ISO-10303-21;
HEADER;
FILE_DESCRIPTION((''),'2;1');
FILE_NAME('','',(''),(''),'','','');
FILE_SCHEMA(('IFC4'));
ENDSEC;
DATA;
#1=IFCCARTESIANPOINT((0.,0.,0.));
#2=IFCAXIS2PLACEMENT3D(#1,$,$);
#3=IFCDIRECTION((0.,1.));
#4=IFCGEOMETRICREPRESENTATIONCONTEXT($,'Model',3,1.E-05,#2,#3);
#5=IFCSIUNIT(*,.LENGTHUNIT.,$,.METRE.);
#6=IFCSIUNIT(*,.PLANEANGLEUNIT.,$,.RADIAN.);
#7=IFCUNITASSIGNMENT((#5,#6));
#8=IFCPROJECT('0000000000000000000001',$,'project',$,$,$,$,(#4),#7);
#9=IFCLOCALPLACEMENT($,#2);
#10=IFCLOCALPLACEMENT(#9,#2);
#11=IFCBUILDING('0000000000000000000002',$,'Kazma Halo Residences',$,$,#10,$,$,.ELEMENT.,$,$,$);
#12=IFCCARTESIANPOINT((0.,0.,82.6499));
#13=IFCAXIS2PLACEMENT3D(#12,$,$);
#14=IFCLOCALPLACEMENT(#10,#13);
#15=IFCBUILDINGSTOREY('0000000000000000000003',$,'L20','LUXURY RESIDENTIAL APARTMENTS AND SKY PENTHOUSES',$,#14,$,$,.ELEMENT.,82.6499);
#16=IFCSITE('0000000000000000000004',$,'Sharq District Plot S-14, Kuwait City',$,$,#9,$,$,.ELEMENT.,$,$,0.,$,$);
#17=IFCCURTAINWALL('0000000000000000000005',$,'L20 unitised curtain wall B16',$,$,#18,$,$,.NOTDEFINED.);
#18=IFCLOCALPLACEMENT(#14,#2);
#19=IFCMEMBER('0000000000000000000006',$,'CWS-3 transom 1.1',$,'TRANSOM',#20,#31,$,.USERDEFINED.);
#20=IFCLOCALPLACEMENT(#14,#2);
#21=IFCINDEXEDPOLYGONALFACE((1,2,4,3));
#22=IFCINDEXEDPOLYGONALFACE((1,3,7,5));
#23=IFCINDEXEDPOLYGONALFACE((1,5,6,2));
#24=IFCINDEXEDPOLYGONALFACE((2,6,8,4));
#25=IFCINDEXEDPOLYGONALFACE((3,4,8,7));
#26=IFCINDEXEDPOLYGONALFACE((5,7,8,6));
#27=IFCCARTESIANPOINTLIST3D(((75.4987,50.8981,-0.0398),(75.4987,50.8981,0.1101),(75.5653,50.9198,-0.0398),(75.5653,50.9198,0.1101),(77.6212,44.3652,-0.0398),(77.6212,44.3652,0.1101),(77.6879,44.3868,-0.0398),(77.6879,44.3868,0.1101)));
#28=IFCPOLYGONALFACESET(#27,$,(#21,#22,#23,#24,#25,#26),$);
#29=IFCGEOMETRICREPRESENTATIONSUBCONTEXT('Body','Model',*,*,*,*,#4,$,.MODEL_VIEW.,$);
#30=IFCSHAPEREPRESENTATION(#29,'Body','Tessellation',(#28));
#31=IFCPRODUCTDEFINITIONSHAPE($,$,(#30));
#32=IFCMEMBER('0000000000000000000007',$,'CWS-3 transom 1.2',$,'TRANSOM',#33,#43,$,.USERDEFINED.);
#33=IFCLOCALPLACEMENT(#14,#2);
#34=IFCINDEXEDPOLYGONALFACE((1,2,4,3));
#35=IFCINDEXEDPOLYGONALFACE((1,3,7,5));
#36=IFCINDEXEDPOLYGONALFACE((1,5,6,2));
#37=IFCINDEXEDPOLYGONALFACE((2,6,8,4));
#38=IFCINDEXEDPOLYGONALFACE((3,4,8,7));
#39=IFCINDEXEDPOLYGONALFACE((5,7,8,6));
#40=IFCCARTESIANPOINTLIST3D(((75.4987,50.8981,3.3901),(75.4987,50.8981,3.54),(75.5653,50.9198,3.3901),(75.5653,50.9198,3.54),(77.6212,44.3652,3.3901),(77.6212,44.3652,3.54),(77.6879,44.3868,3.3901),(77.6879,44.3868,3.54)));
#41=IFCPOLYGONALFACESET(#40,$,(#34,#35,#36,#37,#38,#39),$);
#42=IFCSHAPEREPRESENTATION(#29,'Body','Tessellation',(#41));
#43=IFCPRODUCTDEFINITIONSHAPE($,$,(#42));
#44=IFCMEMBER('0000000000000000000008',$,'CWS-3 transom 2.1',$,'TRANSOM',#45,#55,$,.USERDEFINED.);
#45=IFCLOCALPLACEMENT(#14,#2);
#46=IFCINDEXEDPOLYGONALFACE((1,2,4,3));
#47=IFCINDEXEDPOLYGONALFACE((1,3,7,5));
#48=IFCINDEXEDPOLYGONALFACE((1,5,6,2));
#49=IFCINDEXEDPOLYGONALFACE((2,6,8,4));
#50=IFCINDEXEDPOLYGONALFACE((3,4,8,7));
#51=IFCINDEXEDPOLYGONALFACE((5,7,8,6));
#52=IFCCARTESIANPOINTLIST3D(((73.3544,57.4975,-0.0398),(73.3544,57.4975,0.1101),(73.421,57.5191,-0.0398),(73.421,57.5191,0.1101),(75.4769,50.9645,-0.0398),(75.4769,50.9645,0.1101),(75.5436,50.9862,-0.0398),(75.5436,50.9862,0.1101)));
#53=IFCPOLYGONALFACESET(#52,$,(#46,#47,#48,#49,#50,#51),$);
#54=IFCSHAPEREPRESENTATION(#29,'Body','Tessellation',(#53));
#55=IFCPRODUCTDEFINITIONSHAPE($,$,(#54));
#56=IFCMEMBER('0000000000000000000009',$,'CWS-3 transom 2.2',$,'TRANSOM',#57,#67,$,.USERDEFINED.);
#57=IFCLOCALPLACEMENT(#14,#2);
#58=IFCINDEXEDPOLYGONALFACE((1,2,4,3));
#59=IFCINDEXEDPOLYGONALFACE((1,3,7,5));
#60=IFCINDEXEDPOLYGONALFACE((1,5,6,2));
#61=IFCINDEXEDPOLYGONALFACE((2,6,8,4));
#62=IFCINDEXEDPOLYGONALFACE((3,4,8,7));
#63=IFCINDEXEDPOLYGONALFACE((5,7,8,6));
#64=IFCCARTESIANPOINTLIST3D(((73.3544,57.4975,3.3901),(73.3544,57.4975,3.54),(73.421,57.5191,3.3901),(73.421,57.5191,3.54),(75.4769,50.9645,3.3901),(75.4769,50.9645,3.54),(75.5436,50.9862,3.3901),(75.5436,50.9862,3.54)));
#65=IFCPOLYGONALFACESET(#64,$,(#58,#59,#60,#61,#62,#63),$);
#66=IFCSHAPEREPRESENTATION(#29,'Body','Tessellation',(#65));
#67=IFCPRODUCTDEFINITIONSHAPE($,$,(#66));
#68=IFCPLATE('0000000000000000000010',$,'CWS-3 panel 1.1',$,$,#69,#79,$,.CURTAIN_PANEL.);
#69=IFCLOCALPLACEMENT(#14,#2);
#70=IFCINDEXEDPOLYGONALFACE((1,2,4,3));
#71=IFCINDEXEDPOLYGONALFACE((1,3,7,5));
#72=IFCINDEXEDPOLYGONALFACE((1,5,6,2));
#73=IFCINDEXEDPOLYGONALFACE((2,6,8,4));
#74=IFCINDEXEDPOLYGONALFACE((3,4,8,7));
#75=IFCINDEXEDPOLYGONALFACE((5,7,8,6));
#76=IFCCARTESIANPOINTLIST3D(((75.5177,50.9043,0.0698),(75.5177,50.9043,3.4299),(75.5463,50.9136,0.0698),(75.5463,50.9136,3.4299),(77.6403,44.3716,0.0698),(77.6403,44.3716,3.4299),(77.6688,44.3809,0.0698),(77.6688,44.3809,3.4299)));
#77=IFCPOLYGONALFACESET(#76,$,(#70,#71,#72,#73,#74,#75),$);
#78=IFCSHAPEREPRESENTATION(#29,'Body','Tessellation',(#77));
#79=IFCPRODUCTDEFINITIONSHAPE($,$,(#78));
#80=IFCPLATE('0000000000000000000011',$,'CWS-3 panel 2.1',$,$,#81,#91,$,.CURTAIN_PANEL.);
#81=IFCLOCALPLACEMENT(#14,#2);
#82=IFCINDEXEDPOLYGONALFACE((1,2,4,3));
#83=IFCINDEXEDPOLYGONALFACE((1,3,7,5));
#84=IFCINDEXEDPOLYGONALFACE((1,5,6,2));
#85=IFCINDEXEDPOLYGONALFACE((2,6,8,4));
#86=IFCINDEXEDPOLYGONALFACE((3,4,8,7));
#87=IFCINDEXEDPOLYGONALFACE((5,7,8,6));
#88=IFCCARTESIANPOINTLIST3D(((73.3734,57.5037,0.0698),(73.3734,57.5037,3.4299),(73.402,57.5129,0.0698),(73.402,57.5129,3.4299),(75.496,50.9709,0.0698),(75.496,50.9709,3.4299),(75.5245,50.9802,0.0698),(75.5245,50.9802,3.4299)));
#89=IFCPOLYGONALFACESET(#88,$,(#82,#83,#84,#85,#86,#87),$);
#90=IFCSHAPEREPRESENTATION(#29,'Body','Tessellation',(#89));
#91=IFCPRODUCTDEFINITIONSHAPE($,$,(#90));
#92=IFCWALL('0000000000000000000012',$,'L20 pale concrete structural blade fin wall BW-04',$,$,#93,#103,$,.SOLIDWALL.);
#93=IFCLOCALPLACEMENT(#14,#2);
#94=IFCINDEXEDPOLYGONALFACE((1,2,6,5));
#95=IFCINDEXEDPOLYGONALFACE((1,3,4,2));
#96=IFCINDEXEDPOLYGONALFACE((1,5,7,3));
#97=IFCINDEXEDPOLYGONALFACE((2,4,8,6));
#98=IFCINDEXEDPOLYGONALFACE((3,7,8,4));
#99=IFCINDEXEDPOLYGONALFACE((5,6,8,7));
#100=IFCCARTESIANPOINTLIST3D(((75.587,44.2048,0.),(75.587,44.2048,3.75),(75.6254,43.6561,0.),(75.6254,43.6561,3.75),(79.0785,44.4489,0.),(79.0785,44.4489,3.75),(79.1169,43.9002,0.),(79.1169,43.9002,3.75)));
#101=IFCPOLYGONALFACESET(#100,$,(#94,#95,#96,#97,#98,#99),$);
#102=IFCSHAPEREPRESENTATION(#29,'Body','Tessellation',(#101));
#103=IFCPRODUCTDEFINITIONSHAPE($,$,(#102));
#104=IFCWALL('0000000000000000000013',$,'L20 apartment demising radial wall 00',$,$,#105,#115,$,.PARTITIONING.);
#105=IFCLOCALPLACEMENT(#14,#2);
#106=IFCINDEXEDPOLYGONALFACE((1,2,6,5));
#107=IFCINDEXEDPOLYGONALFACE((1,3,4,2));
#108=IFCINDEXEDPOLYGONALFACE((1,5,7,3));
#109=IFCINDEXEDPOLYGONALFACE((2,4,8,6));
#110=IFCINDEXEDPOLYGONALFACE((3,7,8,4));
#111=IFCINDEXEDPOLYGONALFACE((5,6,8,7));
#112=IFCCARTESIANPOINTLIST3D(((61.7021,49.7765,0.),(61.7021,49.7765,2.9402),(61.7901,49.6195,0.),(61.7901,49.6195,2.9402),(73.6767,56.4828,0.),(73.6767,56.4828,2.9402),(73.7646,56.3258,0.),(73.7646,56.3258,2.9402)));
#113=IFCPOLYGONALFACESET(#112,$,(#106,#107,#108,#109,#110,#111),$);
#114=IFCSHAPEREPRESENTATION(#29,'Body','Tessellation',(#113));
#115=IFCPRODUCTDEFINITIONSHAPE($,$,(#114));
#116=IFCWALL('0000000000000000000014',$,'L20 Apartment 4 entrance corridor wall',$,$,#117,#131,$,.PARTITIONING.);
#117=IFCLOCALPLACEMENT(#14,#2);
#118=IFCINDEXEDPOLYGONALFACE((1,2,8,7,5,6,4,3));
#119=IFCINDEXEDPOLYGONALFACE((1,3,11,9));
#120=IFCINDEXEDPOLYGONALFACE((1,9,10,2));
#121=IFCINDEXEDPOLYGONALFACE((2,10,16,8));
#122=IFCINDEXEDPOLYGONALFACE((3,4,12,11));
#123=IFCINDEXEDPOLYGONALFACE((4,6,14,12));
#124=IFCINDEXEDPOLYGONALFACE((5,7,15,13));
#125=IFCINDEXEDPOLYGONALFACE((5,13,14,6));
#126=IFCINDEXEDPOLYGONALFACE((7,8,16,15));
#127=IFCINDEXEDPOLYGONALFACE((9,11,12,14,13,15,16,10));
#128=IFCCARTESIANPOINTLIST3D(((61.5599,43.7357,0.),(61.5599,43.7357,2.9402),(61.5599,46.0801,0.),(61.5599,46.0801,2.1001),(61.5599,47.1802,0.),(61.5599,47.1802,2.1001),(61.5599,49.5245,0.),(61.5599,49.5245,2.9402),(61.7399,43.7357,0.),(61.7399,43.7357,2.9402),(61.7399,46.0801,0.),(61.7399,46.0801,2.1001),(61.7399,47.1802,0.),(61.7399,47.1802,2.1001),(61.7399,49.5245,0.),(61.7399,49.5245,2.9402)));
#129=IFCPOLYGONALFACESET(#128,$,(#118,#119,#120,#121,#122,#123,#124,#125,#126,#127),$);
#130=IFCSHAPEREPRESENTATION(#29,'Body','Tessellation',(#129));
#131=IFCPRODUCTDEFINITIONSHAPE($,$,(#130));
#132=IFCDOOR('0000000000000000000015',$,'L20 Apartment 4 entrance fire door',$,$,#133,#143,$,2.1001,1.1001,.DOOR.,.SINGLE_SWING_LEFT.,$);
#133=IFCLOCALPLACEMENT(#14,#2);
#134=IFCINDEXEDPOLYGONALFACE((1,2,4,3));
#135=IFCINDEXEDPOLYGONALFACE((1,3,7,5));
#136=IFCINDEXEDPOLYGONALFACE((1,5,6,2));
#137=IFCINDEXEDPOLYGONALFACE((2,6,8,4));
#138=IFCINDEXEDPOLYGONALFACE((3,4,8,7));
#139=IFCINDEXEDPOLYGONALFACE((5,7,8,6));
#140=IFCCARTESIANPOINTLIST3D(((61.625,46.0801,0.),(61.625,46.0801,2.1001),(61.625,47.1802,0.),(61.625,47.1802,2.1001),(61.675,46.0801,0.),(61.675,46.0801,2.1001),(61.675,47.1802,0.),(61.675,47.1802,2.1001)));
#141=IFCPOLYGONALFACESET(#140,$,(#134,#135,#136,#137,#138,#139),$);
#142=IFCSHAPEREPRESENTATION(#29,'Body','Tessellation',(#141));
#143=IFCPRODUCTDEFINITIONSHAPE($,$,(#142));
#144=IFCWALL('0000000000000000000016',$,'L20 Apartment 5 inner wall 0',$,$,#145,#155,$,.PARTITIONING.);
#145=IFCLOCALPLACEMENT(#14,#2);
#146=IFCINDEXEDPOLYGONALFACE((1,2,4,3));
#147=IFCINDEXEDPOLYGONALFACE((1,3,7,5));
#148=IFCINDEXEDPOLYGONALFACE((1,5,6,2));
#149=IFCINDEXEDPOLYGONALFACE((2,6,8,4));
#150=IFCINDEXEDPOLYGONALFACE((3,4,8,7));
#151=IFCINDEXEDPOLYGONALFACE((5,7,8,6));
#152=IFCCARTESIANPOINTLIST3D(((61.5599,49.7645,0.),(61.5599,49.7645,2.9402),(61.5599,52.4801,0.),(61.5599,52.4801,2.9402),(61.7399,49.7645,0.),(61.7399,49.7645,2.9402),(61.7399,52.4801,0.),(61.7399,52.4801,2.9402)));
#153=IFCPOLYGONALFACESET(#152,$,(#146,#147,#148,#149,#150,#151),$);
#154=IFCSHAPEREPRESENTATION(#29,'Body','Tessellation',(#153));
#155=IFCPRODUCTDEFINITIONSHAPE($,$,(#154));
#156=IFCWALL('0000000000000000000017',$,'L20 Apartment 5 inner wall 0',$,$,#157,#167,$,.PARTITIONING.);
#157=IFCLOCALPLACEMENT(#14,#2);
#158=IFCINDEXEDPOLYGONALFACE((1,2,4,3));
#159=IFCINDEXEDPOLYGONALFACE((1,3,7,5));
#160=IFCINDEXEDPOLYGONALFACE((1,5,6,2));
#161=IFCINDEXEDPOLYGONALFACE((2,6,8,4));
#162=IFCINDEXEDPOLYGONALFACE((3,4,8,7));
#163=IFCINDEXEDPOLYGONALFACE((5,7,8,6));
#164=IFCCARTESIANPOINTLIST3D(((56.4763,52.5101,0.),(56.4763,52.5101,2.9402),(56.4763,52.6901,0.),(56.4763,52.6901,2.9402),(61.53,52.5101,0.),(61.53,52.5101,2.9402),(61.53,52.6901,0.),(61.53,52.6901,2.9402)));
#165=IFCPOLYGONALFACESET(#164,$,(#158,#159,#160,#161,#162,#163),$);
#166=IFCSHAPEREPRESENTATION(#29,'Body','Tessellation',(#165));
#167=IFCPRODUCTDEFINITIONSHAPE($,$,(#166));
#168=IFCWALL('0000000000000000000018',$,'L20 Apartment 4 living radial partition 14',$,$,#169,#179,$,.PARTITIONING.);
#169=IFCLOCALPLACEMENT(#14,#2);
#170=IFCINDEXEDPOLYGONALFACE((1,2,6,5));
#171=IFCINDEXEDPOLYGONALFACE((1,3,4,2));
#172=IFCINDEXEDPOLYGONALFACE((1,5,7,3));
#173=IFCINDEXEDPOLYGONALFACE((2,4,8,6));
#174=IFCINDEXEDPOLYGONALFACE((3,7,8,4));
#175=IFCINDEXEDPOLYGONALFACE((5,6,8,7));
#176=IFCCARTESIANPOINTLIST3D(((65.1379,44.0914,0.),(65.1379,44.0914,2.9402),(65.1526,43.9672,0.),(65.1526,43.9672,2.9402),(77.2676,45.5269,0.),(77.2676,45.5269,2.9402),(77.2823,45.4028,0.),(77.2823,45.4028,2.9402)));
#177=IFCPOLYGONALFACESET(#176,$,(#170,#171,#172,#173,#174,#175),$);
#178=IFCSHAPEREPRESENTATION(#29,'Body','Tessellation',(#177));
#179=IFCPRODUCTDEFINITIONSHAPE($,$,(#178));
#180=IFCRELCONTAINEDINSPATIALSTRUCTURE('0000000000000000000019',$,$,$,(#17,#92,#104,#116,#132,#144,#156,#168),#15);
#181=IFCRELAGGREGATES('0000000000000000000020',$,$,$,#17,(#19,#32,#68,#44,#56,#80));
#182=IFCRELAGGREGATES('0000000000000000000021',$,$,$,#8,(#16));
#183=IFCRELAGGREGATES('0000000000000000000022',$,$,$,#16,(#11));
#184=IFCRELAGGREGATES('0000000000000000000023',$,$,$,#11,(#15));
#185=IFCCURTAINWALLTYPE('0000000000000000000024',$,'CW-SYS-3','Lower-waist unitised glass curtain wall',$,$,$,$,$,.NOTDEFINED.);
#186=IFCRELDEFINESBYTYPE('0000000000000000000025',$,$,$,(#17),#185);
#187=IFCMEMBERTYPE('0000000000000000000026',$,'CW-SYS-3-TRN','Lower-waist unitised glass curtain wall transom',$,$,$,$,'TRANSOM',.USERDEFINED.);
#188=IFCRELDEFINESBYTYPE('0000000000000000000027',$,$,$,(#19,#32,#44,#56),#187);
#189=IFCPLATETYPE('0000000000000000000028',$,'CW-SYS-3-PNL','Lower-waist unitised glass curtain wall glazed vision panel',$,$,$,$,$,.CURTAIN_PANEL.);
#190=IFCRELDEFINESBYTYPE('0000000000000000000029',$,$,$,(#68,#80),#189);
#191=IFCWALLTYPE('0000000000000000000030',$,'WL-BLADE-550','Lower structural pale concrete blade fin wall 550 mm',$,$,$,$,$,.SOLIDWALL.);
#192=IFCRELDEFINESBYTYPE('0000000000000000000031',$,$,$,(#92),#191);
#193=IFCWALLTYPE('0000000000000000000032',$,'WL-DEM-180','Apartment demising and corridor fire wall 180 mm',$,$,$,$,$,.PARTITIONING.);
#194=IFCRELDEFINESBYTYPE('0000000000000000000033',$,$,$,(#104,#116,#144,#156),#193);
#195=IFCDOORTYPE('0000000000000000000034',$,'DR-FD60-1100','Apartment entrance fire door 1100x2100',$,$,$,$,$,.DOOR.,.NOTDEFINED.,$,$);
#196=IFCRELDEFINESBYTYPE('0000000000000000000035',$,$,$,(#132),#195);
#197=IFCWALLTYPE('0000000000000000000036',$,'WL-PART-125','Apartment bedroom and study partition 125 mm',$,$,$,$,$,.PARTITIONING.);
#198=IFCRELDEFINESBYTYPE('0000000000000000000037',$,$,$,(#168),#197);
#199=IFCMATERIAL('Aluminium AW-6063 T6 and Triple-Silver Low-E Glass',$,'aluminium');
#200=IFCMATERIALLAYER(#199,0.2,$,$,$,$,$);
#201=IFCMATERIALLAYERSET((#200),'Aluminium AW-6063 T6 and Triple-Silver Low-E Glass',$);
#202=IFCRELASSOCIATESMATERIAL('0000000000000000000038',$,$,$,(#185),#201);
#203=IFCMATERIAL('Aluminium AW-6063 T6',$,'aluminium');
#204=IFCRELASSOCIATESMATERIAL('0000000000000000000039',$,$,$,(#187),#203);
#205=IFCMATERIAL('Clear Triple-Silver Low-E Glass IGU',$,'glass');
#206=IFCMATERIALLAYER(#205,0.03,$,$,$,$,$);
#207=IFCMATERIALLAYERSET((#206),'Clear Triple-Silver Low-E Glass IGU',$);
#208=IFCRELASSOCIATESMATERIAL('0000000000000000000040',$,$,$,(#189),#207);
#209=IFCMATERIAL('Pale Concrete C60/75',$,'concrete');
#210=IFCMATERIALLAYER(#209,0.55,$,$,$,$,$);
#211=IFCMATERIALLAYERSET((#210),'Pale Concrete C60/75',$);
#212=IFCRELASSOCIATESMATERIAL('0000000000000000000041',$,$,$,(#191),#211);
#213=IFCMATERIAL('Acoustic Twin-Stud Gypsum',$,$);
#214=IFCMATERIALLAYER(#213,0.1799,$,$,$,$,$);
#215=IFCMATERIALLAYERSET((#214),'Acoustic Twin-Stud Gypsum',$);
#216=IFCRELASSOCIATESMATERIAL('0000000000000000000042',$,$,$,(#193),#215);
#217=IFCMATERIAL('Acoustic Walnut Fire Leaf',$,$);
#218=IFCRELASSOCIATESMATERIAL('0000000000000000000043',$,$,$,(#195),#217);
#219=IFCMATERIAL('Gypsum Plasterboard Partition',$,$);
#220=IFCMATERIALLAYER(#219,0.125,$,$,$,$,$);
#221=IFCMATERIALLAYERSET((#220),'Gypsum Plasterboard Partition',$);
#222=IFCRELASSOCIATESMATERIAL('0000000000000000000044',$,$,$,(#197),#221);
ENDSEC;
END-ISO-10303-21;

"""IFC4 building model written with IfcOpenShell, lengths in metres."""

from ifc_helpers import new_model, si_unit, direction, frame, frame_2d, origin, origin_2d, place, context, subcontext, project, spatial, rectangle, extrude, material, layer, layer_set, material_profile, profile_set, type_object, element, fill, aggregate, save


model = new_model("IFC4")

# Units and contexts
model_context = context("Model", 3, precision=1e-05, world=origin(), true_north=direction((0.0, 1.0)))
body_context = subcontext(model_context, "Body", "Model", "MODEL_VIEW")
ifc_project = project(units=[si_unit("LENGTHUNIT", "METRE"), si_unit("PLANEANGLEUNIT", "RADIAN")], contexts=[model_context])

# Site, building, storey
site_placement = place(None, origin())
site = spatial("IfcSite", under=ifc_project, at=site_placement, Name="Sharq District Plot S-14, Kuwait City", CompositionType="ELEMENT", RefElevation=0.0)
building_placement = place(site_placement, origin())
building = spatial("IfcBuilding", under=site, at=building_placement, Name="Kazma Halo Residences", CompositionType="ELEMENT")
storey_placement = place(building_placement, frame((0.0, 0.0, 82.6499)))
storey = spatial("IfcBuildingStorey", under=building, at=storey_placement, Name="L20", Description="LUXURY RESIDENTIAL APARTMENTS AND SKY PENTHOUSES", CompositionType="ELEMENT", Elevation=82.6499)

# Shared definitions
ifc_material_1 = material(Name="Aluminium AW-6063 T6 and Triple-Silver Low-E Glass", Category="aluminium")
ifc_layer_1 = layer(ifc_material_1, 0.2)
ifc_layer_set_1 = layer_set([ifc_layer_1], Name="Aluminium AW-6063 T6 and Triple-Silver Low-E Glass")
curtain_wall_type = type_object("IfcCurtainWallType", Name="CW-SYS-3", Description="Lower-waist unitised glass curtain wall", PredefinedType="NOTDEFINED", material=ifc_layer_set_1)
ifc_material_2 = material(Name="Aluminium AW-6063 T6", Category="aluminium")

# Curtain wall, members, plates
curtain_wall_1_placement = place(storey_placement, origin())
curtain_wall_1 = element("IfcCurtainWall", 1, at=curtain_wall_1_placement, inside=storey, type_object=curtain_wall_type, Name="L20 unitised curtain wall B16", PredefinedType="NOTDEFINED")
ifc_material_profile_1 = material_profile(ifc_material_2, rectangle(XDim=0.0701, YDim=0.1499, at=origin_2d()), Name="CWT-70x150")
ifc_profile_set_1 = profile_set([ifc_material_profile_1], Name="Aluminium AW-6063 T6")
member_type_1 = type_object("IfcMemberType", Name="CW-SYS-3-TRN", Description="Lower-waist unitised glass curtain wall transom", ElementType="TRANSOM", PredefinedType="USERDEFINED", material=ifc_profile_set_1)
member_1_placement = place(storey_placement, frame((77.6545, 44.376, 0.0352), z_axis=(-0.309, 0.951062, 0.0), x_axis=(-0.951062, -0.309, 0.0)))
member_1 = element("IfcMember", 2, at=member_1_placement, type_object=member_type_1, Name="CWS-3 transom 1.1", ObjectType="TRANSOM", PredefinedType="USERDEFINED", context=body_context, shape_type="SweptSolid", body=[
    extrude(rectangle(XDim=0.0701, YDim=0.1499, at=origin_2d()), origin(), (0.0, 0.0, 1.0), 6.8691),
])
member_2_placement = place(storey_placement, frame((77.6545, 44.376, 3.4651), z_axis=(-0.309, 0.951062, 0.0), x_axis=(-0.951062, -0.309, 0.0)))
member_2 = element("IfcMember", 3, at=member_2_placement, type_object=member_type_1, Name="CWS-3 transom 1.2", ObjectType="TRANSOM", PredefinedType="USERDEFINED", context=body_context, shape_type="SweptSolid", body=[
    extrude(rectangle(XDim=0.0701, YDim=0.1499, at=origin_2d()), origin(), (0.0, 0.0, 1.0), 6.8691),
])
member_3_placement = place(storey_placement, frame((75.5103, 50.9753, 0.0352), z_axis=(-0.309, 0.951062, 0.0), x_axis=(-0.951062, -0.309, 0.0)))
member_3 = element("IfcMember", 4, at=member_3_placement, type_object=member_type_1, Name="CWS-3 transom 2.1", ObjectType="TRANSOM", PredefinedType="USERDEFINED", context=body_context, shape_type="SweptSolid", body=[
    extrude(rectangle(XDim=0.0701, YDim=0.1499, at=origin_2d()), origin(), (0.0, 0.0, 1.0), 6.8691),
])
member_4_placement = place(storey_placement, frame((75.5103, 50.9753, 3.4651), z_axis=(-0.309, 0.951062, 0.0), x_axis=(-0.951062, -0.309, 0.0)))
member_4 = element("IfcMember", 5, at=member_4_placement, type_object=member_type_1, Name="CWS-3 transom 2.2", ObjectType="TRANSOM", PredefinedType="USERDEFINED", context=body_context, shape_type="SweptSolid", body=[
    extrude(rectangle(XDim=0.0701, YDim=0.1499, at=origin_2d()), origin(), (0.0, 0.0, 1.0), 6.8691),
])
ifc_material_3 = material(Name="Clear Triple-Silver Low-E Glass IGU", Category="glass")
ifc_layer_2 = layer(ifc_material_3, 0.03)
ifc_layer_set_2 = layer_set([ifc_layer_2], Name="Clear Triple-Silver Low-E Glass IGU")
plate_type = type_object("IfcPlateType", Name="CW-SYS-3-PNL", Description="Lower-waist unitised glass curtain wall glazed vision panel", PredefinedType="CURTAIN_PANEL", material=ifc_layer_set_2)
plate_1_placement = place(storey_placement, frame((76.5933, 47.6426, 0.0698), z_axis=(0.0, 0.0, 1.0), x_axis=(-0.309013, 0.951058, 0.0)))
plate_1 = element("IfcPlate", 6, at=plate_1_placement, type_object=plate_type, Name="CWS-3 panel 1.1", PredefinedType="CURTAIN_PANEL", context=body_context, shape_type="SweptSolid", body=[
    extrude(rectangle(XDim=6.8689, YDim=0.03, at=origin_2d()), origin(), (0.0, 0.0, 1.0), 3.3601),
])
plate_2_placement = place(storey_placement, frame((74.449, 54.2419, 0.0698), z_axis=(0.0, 0.0, 1.0), x_axis=(-0.309013, 0.951058, 0.0)))
plate_2 = element("IfcPlate", 7, at=plate_2_placement, type_object=plate_type, Name="CWS-3 panel 2.1", PredefinedType="CURTAIN_PANEL", context=body_context, shape_type="SweptSolid", body=[
    extrude(rectangle(XDim=6.8689, YDim=0.03, at=origin_2d()), origin(), (0.0, 0.0, 1.0), 3.3601),
])
aggregate(curtain_wall_1, [member_1, member_2, plate_1, member_3, member_4, plate_2])

# Walls
ifc_material_4 = material(Name="Pale Concrete C60/75", Category="concrete")
ifc_layer_3 = layer(ifc_material_4, 0.55)
ifc_layer_set_3 = layer_set([ifc_layer_3], Name="Pale Concrete C60/75")
wall_type_1 = type_object("IfcWallType", Name="WL-BLADE-550", Description="Lower structural pale concrete blade fin wall 550 mm", PredefinedType="SOLIDWALL", material=ifc_layer_set_3)
wall_1_placement = place(storey_placement, frame((75.6062, 43.9304, 0.0), z_axis=(0.0, 0.0, 1.0), x_axis=(0.997564, 0.069755, 0.0)))
element("IfcWall", 8, at=wall_1_placement, inside=storey, type_object=wall_type_1, Name="L20 pale concrete structural blade fin wall BW-04", PredefinedType="SOLIDWALL", context=body_context, shape_type="SweptSolid", body=[
    extrude(rectangle(XDim=3.5, YDim=0.55, at=frame_2d((1.75, 0.0))), origin(), (0.0, 0.0, 1.0), 3.75),
])
ifc_material_5 = material(Name="Acoustic Twin-Stud Gypsum")
ifc_layer_4 = layer(ifc_material_5, 0.1799)
ifc_layer_set_4 = layer_set([ifc_layer_4], Name="Acoustic Twin-Stud Gypsum")
wall_type_2 = type_object("IfcWallType", Name="WL-DEM-180", Description="Apartment demising and corridor fire wall 180 mm", PredefinedType="PARTITIONING", material=ifc_layer_set_4)
wall_2_placement = place(storey_placement, frame((61.7461, 49.698, 0.0), z_axis=(0.0, 0.0, 1.0), x_axis=(0.87249, 0.488632, 0.0)))
element("IfcWall", 9, at=wall_2_placement, inside=storey, type_object=wall_type_2, Name="L20 apartment demising radial wall 00", PredefinedType="PARTITIONING", context=body_context, shape_type="SweptSolid", body=[
    extrude(rectangle(XDim=13.7246, YDim=0.1799, at=frame_2d((6.8623, 0.0))), origin(), (0.0, 0.0, 1.0), 2.9402),
])

# Wall, opening, door
wall_3_placement = place(storey_placement, frame((61.6499, 43.7356, 0.0), z_axis=(0.0, 0.0, 1.0), x_axis=(0.0, 1.0, 0.0)))
wall_3 = element("IfcWall", 10, at=wall_3_placement, inside=storey, type_object=wall_type_2, Name="L20 Apartment 4 entrance corridor wall", PredefinedType="PARTITIONING", context=body_context, shape_type="SweptSolid", body=[
    extrude(rectangle(XDim=5.7888, YDim=0.1799, at=frame_2d((2.8945, 0.0))), origin(), (0.0, 0.0, 1.0), 2.9402),
])
opening_1_placement = place(wall_3_placement, frame((2.3445, 0.0, 0.0)))
opening_1 = element("IfcOpeningElement", 11, at=opening_1_placement, cuts=wall_3, PredefinedType="OPENING", context=body_context, shape_type="SweptSolid", body=[
    extrude(rectangle(XDim=1.1001, YDim=2.1001, at=frame_2d((0.55, 1.05))), frame((0.0, 0.0999, 0.0), z_axis=(0.0, -1.0, 0.0), x_axis=(1.0, 0.0, 0.0)), (0.0, 0.0, 1.0), 0.2),
])
ifc_material_6 = material(Name="Acoustic Walnut Fire Leaf")
door_type_1 = type_object("IfcDoorType", Name="DR-FD60-1100", Description="Apartment entrance fire door 1100x2100", OperationType="NOTDEFINED", PredefinedType="DOOR", material=ifc_material_6)
door_1_placement = place(opening_1_placement, origin())
door_1 = element("IfcDoor", 12, at=door_1_placement, inside=storey, type_object=door_type_1, Name="L20 Apartment 4 entrance fire door", OperationType="SINGLE_SWING_LEFT", OverallHeight=2.1001, OverallWidth=1.1001, PredefinedType="DOOR", context=body_context, shape_type="SweptSolid", body=[
    extrude(rectangle(XDim=1.1001, YDim=2.1001, at=frame_2d((0.55, 1.05))), frame((0.0, 0.0249, 0.0), z_axis=(0.0, -1.0, 0.0), x_axis=(1.0, 0.0, 0.0)), (0.0, 0.0, 1.0), 0.05),
])
fill(opening_1, door_1)

# Walls
wall_4_placement = place(storey_placement, frame((61.6499, 49.7644, 0.0), z_axis=(0.0, 0.0, 1.0), x_axis=(0.0, 1.0, 0.0)))
element("IfcWall", 13, at=wall_4_placement, inside=storey, type_object=wall_type_2, Name="L20 Apartment 5 inner wall 0", PredefinedType="PARTITIONING", context=body_context, shape_type="SweptSolid", body=[
    extrude(rectangle(XDim=2.7156, YDim=0.1799, at=frame_2d((1.3579, 0.0))), origin(), (0.0, 0.0, 1.0), 2.9402),
])
wall_5_placement = place(storey_placement, frame((61.53, 52.6001, 0.0), z_axis=(0.0, 0.0, 1.0), x_axis=(-1.0, 0.0, 0.0)))
element("IfcWall", 14, at=wall_5_placement, inside=storey, type_object=wall_type_2, Name="L20 Apartment 5 inner wall 0", PredefinedType="PARTITIONING", context=body_context, shape_type="SweptSolid", body=[
    extrude(rectangle(XDim=5.0537, YDim=0.1799, at=frame_2d((2.5269, 0.0))), origin(), (0.0, 0.0, 1.0), 2.9402),
])
ifc_material_7 = material(Name="Gypsum Plasterboard Partition")
ifc_layer_5 = layer(ifc_material_7, 0.125)
ifc_layer_set_5 = layer_set([ifc_layer_5], Name="Gypsum Plasterboard Partition")
wall_type_3 = type_object("IfcWallType", Name="WL-PART-125", Description="Apartment bedroom and study partition 125 mm", PredefinedType="PARTITIONING", material=ifc_layer_set_5)
wall_6_placement = place(storey_placement, frame((65.1453, 44.0293, 0.0), z_axis=(0.0, 0.0, 1.0), x_axis=(0.993069, 0.11753, 0.0)))
element("IfcWall", 15, at=wall_6_placement, inside=storey, type_object=wall_type_3, Name="L20 Apartment 4 living radial partition 14", PredefinedType="PARTITIONING", context=body_context, shape_type="SweptSolid", body=[
    extrude(rectangle(XDim=12.2144, YDim=0.125, at=frame_2d((6.1072, 0.0))), origin(), (0.0, 0.0, 1.0), 2.9402),
])

save(model, "model.ifc")
